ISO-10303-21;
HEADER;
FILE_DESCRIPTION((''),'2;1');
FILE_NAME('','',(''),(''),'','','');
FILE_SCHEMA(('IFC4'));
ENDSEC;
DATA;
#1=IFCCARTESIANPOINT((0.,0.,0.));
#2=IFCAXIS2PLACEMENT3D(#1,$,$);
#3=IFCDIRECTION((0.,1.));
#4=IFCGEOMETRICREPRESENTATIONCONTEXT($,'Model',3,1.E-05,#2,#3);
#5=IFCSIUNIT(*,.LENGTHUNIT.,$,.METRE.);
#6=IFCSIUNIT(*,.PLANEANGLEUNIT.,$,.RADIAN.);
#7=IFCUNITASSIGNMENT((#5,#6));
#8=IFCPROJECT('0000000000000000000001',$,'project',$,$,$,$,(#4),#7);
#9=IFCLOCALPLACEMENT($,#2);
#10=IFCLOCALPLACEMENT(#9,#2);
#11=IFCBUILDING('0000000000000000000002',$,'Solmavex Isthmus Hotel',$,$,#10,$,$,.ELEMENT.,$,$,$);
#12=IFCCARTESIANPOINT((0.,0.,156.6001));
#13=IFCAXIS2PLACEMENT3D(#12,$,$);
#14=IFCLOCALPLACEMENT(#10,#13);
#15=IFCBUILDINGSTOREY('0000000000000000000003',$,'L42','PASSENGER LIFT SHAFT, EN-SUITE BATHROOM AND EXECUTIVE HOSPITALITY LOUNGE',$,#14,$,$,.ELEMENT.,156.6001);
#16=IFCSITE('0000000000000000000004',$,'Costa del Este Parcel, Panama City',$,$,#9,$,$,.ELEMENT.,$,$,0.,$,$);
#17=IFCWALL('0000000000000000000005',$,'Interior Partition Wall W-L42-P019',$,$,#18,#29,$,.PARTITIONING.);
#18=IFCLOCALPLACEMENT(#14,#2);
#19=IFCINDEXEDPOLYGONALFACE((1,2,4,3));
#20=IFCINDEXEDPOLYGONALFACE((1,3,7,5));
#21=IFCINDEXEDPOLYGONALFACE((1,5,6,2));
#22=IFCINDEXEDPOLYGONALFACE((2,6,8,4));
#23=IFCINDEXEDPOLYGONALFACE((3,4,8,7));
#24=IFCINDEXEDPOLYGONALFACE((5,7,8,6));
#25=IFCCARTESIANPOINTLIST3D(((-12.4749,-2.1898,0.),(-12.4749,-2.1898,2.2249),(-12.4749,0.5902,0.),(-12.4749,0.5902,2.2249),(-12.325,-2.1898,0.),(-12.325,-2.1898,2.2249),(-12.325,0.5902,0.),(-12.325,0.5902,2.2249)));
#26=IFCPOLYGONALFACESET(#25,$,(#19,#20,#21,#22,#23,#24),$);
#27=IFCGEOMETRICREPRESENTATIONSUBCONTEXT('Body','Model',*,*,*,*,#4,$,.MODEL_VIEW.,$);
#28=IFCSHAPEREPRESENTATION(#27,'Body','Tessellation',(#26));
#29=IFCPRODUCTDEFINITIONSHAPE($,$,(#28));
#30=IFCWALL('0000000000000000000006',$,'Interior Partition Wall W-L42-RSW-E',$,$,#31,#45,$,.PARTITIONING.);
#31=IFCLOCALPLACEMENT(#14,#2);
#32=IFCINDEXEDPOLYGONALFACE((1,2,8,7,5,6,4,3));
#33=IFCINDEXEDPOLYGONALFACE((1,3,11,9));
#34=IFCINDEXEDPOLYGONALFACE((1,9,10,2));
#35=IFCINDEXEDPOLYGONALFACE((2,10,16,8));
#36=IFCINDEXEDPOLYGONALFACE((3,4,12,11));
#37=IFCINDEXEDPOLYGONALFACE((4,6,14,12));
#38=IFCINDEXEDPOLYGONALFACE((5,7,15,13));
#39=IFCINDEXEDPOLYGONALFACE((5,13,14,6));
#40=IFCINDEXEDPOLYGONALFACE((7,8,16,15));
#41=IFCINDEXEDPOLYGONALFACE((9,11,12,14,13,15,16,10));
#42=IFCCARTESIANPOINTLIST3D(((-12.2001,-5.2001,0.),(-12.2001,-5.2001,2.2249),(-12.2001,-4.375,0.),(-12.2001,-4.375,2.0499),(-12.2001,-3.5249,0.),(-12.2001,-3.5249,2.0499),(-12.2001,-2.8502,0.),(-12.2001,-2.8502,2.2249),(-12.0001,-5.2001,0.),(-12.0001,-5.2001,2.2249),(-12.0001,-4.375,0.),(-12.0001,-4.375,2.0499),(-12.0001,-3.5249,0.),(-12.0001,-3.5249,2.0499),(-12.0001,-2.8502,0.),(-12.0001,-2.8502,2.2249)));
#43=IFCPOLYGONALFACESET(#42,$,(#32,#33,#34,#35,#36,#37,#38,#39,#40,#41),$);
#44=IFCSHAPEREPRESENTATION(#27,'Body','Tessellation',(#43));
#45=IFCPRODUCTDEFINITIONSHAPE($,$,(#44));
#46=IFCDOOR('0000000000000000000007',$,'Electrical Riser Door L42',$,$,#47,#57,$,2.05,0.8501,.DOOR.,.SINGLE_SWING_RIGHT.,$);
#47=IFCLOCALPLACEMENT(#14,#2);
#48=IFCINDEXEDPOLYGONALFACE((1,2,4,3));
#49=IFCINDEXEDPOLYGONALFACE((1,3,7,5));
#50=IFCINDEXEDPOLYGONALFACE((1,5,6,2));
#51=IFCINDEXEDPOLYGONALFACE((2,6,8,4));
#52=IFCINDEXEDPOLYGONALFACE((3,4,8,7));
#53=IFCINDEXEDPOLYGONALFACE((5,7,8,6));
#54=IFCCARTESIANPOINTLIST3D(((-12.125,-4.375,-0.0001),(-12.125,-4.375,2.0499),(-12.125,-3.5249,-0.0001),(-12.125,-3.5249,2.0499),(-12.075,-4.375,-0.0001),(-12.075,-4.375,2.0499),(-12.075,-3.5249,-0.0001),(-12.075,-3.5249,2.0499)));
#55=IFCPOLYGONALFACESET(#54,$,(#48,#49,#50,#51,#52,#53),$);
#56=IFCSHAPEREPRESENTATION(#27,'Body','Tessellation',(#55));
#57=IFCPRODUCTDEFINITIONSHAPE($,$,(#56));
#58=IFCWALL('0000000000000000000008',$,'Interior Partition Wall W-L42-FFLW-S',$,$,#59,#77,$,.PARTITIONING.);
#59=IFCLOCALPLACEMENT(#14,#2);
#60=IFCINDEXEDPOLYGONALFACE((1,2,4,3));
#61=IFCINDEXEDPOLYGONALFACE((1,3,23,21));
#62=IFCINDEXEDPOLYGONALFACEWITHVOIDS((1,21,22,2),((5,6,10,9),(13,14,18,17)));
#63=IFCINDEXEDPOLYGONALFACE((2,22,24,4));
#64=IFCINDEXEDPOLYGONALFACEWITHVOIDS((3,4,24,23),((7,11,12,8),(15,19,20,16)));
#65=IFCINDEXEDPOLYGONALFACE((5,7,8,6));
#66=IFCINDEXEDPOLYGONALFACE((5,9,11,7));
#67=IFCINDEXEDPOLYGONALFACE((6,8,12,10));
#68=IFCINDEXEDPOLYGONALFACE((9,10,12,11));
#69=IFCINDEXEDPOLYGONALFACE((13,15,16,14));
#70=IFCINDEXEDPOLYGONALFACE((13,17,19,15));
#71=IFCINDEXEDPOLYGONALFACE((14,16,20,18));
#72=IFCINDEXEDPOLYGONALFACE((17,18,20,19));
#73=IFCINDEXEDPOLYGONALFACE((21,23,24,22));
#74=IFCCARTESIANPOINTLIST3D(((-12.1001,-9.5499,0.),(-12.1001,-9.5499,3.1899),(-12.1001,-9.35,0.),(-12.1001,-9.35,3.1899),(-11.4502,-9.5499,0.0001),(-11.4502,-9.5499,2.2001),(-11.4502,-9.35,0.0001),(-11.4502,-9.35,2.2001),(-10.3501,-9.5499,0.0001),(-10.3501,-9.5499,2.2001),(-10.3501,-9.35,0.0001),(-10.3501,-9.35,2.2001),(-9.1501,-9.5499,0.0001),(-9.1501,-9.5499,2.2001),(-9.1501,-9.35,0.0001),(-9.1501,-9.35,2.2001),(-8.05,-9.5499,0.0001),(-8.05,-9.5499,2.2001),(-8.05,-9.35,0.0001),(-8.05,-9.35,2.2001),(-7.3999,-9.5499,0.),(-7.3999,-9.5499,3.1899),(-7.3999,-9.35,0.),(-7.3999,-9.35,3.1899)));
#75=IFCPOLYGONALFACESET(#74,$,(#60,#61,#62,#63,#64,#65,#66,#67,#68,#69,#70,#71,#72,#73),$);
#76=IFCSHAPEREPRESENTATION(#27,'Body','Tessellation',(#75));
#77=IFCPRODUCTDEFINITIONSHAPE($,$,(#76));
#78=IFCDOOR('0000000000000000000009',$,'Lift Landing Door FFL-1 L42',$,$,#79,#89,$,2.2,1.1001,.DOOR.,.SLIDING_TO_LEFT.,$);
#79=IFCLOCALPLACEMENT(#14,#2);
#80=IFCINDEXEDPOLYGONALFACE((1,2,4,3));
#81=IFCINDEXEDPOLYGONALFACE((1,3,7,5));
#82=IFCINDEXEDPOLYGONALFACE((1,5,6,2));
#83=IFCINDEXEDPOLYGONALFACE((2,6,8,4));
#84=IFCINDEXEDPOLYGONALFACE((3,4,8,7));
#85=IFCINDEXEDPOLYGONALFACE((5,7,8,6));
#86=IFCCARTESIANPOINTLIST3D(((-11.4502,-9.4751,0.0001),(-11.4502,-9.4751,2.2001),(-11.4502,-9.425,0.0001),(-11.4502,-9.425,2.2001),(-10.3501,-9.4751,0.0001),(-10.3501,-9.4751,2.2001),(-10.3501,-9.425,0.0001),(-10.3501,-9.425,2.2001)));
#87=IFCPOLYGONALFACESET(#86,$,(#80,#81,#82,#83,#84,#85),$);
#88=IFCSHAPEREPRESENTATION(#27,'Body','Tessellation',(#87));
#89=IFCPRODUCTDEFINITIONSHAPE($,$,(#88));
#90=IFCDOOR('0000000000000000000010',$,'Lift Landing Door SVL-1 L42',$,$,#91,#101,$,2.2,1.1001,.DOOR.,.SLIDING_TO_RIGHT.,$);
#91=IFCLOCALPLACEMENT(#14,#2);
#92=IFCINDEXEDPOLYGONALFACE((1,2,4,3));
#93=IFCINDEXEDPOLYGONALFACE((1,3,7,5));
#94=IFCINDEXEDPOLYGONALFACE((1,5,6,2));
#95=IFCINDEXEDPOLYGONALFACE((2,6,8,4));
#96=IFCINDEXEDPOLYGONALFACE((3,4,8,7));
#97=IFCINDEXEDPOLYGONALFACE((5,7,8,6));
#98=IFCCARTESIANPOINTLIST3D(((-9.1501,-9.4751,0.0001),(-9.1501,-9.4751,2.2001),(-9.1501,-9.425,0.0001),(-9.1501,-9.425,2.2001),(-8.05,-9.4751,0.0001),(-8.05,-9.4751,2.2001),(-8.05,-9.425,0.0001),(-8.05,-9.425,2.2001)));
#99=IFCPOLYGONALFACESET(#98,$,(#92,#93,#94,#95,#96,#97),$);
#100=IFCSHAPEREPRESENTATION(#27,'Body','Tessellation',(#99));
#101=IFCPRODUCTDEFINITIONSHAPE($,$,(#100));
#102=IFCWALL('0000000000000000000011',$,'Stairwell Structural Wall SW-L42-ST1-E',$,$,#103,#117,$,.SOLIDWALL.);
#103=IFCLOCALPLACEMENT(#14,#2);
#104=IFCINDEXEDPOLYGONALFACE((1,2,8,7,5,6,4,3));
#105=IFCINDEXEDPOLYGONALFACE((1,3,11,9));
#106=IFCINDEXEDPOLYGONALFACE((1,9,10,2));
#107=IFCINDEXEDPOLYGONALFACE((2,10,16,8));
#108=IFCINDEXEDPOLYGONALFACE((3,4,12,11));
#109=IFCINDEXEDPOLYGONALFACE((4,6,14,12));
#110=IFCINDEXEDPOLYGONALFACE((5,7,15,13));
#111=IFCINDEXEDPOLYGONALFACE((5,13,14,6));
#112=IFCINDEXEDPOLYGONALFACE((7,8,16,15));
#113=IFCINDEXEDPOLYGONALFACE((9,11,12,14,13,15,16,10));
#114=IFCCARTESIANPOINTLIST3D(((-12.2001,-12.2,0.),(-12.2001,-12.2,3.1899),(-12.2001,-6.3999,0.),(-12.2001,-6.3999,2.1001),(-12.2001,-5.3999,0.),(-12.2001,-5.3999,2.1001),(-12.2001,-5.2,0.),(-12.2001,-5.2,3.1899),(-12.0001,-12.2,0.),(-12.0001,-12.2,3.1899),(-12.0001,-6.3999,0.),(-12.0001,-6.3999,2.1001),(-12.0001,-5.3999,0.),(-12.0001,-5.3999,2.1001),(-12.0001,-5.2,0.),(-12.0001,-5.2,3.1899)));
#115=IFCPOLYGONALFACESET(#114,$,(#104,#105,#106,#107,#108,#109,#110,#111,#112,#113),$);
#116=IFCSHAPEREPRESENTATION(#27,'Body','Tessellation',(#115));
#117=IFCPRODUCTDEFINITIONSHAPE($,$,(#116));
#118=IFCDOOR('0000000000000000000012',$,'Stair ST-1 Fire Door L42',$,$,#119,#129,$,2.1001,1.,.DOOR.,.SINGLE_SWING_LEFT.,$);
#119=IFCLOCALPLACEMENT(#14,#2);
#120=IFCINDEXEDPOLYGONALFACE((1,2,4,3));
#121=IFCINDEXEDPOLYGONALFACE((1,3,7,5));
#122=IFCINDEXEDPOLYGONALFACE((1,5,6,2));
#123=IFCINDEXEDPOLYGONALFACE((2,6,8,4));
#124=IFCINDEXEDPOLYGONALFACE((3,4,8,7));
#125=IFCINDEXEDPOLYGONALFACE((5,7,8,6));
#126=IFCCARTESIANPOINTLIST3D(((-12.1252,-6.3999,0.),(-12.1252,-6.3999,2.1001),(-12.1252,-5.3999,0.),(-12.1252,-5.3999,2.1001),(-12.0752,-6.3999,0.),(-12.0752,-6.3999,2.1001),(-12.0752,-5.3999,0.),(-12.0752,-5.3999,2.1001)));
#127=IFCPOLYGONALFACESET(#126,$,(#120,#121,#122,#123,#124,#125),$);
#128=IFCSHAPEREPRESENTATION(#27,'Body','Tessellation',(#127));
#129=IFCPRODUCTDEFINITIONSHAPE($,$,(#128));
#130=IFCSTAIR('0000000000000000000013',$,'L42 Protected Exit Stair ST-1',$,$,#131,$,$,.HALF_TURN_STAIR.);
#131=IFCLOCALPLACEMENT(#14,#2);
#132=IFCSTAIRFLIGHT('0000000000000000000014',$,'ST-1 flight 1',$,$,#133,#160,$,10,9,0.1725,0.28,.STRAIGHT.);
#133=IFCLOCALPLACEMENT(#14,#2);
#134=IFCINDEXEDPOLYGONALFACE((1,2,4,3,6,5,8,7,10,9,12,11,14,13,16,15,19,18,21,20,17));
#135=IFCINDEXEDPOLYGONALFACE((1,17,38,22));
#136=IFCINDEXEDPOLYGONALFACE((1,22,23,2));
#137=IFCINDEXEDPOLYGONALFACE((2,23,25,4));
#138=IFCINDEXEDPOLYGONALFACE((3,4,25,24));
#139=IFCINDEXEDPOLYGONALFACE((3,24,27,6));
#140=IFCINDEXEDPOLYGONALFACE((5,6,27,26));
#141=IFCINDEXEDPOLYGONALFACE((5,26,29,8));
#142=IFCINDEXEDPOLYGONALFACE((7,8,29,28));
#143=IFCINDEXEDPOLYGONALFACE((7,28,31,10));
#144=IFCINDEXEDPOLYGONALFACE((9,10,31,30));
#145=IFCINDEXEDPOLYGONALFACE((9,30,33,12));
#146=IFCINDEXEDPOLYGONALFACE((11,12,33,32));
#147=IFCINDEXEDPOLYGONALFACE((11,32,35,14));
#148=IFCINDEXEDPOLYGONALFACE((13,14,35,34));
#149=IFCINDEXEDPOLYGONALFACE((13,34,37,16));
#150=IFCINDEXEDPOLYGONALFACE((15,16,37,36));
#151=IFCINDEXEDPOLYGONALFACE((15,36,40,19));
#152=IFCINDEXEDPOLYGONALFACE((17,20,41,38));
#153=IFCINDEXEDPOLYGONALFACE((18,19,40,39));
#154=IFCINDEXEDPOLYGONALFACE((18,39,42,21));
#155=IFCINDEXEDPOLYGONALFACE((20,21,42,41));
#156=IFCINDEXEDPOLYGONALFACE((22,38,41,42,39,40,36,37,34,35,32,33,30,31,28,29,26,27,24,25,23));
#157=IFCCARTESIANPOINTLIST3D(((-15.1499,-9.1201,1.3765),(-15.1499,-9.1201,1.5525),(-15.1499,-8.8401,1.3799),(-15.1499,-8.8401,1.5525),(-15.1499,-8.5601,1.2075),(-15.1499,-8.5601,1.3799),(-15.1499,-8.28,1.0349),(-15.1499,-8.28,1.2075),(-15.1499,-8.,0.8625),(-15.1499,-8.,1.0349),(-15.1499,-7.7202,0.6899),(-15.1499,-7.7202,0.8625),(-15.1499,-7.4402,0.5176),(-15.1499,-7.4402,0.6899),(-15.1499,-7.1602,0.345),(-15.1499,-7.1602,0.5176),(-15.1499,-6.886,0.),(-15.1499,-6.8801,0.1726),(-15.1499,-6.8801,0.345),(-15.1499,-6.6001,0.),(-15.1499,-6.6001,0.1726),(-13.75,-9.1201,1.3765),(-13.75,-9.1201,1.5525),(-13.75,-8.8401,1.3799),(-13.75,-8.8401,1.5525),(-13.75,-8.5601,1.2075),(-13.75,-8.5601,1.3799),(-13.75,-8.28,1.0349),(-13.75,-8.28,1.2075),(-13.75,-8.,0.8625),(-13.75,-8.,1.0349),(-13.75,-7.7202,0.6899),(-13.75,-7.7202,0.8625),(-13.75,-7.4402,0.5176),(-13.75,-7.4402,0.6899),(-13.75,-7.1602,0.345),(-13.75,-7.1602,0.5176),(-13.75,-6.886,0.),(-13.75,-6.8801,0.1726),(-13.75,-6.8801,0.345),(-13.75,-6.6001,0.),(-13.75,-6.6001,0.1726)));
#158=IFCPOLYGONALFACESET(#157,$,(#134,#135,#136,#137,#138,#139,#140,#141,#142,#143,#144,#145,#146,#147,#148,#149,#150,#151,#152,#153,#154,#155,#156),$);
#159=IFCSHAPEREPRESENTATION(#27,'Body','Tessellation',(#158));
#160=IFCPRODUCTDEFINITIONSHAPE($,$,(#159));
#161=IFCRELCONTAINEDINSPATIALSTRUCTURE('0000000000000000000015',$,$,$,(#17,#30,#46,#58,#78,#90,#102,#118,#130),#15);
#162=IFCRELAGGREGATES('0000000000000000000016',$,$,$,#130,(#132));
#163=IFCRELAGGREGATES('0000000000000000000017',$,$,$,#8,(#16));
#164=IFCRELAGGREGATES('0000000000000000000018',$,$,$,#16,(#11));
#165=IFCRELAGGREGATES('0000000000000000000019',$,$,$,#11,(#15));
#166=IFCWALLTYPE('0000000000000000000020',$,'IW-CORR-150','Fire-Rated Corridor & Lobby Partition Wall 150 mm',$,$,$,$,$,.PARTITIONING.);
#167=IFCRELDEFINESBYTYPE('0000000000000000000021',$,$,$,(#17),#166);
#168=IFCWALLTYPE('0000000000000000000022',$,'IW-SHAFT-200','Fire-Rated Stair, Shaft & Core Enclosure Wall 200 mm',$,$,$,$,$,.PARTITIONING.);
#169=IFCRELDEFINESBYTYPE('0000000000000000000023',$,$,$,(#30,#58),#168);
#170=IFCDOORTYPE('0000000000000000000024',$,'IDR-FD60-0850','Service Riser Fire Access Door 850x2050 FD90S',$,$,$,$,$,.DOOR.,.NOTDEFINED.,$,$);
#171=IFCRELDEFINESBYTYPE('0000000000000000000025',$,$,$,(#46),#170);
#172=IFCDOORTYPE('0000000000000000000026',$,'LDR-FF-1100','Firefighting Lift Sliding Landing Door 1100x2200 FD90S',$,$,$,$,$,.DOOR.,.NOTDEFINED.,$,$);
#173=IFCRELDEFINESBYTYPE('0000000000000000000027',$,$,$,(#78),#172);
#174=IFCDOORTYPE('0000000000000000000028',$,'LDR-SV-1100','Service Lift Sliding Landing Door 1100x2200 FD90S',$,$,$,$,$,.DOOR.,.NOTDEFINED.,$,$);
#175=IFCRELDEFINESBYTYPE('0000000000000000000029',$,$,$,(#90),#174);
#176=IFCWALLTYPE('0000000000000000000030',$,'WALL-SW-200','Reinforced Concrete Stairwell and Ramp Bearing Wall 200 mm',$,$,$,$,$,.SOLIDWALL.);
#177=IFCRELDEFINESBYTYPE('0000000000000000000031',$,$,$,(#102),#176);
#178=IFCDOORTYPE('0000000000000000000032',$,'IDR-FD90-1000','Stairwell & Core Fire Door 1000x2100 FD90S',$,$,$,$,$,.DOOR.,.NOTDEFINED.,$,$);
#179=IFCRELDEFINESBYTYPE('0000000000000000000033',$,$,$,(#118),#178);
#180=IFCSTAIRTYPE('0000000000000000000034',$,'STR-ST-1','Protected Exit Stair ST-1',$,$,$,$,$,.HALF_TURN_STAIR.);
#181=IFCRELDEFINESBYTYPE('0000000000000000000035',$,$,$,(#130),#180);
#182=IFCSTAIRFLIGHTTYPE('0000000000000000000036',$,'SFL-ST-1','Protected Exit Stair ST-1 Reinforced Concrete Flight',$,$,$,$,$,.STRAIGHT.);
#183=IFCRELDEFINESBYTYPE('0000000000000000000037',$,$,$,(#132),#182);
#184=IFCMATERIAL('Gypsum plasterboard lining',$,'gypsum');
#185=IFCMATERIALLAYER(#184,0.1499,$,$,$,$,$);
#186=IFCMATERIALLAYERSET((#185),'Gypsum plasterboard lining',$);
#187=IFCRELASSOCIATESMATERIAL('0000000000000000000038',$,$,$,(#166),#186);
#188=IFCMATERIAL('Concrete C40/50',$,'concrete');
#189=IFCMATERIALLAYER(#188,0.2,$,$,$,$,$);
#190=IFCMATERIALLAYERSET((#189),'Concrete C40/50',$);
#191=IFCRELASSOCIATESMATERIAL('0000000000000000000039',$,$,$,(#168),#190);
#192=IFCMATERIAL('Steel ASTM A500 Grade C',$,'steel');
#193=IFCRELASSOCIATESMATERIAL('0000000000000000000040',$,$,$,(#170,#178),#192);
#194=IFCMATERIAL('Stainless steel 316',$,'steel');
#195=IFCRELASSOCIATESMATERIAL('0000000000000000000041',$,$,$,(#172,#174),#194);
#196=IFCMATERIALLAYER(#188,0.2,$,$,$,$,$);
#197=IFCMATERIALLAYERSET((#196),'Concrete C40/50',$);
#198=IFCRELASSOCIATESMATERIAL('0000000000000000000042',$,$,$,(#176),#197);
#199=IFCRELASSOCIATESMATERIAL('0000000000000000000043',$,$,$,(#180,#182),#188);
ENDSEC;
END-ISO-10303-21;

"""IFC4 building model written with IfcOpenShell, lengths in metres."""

from ifc_helpers import new_model, si_unit, direction, frame, frame_2d, origin, place, context, subcontext, project, spatial, polyline, rectangle, outline, extrude, material, layer, layer_set, type_object, element, fill, aggregate, save


model = new_model("IFC4")

# Units and contexts
model_context = context("Model", 3, precision=1e-05, world=origin(), true_north=direction((0.0, 1.0)))
body_context = subcontext(model_context, "Body", "Model", "MODEL_VIEW")
ifc_project = project(units=[si_unit("LENGTHUNIT", "METRE"), si_unit("PLANEANGLEUNIT", "RADIAN")], contexts=[model_context])

# Site, building, storey
site_placement = place(None, origin())
site = spatial("IfcSite", under=ifc_project, at=site_placement, Name="Costa del Este Parcel, Panama City", CompositionType="ELEMENT", RefElevation=0.0)
building_placement = place(site_placement, origin())
building = spatial("IfcBuilding", under=site, at=building_placement, Name="Solmavex Isthmus Hotel", CompositionType="ELEMENT")
storey_placement = place(building_placement, frame((0.0, 0.0, 156.6001)))
storey = spatial("IfcBuildingStorey", under=building, at=storey_placement, Name="L42", Description="PASSENGER LIFT SHAFT, EN-SUITE BATHROOM AND EXECUTIVE HOSPITALITY LOUNGE", CompositionType="ELEMENT", Elevation=156.6001)

# Wall
ifc_material_1 = material(Name="Gypsum plasterboard lining", Category="gypsum")
ifc_layer_1 = layer(ifc_material_1, 0.1499)
ifc_layer_set_1 = layer_set([ifc_layer_1], Name="Gypsum plasterboard lining")
wall_type_1 = type_object("IfcWallType", Name="IW-CORR-150", Description="Fire-Rated Corridor & Lobby Partition Wall 150 mm", PredefinedType="PARTITIONING", material=ifc_layer_set_1)
wall_1_placement = place(storey_placement, frame((-12.3999, -2.1899, 0.0), z_axis=(0.0, 0.0, 1.0), x_axis=(0.0, 1.0, 0.0)))
element("IfcWall", 1, at=wall_1_placement, inside=storey, type_object=wall_type_1, Name="Interior Partition Wall W-L42-P019", PredefinedType="PARTITIONING", context=body_context, shape_type="SweptSolid", body=[
    extrude(rectangle(XDim=2.78, YDim=0.1499, at=frame_2d((1.3901, 0.0))), origin(), (0.0, 0.0, 1.0), 2.2249),
])

# Wall, opening, door
ifc_material_2 = material(Name="Concrete C40/50", Category="concrete")
ifc_layer_2 = layer(ifc_material_2, 0.2)
ifc_layer_set_2 = layer_set([ifc_layer_2], Name="Concrete C40/50")
wall_type_2 = type_object("IfcWallType", Name="IW-SHAFT-200", Description="Fire-Rated Stair, Shaft & Core Enclosure Wall 200 mm", PredefinedType="PARTITIONING", material=ifc_layer_set_2)
wall_2_placement = place(storey_placement, frame((-12.1001, -5.2, 0.0), z_axis=(0.0, 0.0, 1.0), x_axis=(0.0, 1.0, 0.0)))
wall_2 = element("IfcWall", 2, at=wall_2_placement, inside=storey, type_object=wall_type_2, Name="Interior Partition Wall W-L42-RSW-E", PredefinedType="PARTITIONING", context=body_context, shape_type="SweptSolid", body=[
    extrude(rectangle(XDim=2.3499, YDim=0.2, at=frame_2d((1.1748, 0.0))), origin(), (0.0, 0.0, 1.0), 2.2249),
])
opening_1_placement = place(wall_2_placement, frame((0.825, 0.0, 0.0)))
opening_1 = element("IfcOpeningElement", 3, at=opening_1_placement, cuts=wall_2, PredefinedType="OPENING", context=body_context, shape_type="SweptSolid", body=[
    extrude(rectangle(XDim=0.8501, YDim=2.05, at=frame_2d((0.425, 1.0249))), frame((0.0, 0.1099, 0.0), z_axis=(0.0, -1.0, 0.0), x_axis=(1.0, 0.0, 0.0)), (0.0, 0.0, 1.0), 0.22),
])
ifc_material_3 = material(Name="Steel ASTM A500 Grade C", Category="steel")
door_type_1 = type_object("IfcDoorType", Name="IDR-FD60-0850", Description="Service Riser Fire Access Door 850x2050 FD90S", OperationType="NOTDEFINED", PredefinedType="DOOR", material=ifc_material_3)
door_1_placement = place(opening_1_placement, origin())
door_1 = element("IfcDoor", 4, at=door_1_placement, inside=storey, type_object=door_type_1, Name="Electrical Riser Door L42", OperationType="SINGLE_SWING_RIGHT", OverallHeight=2.05, OverallWidth=0.8501, PredefinedType="DOOR", context=body_context, shape_type="SweptSolid", body=[
    extrude(rectangle(XDim=0.8501, YDim=2.05, at=frame_2d((0.425, 1.0249))), frame((0.0, 0.0249, 0.0), z_axis=(0.0, -1.0, 0.0), x_axis=(1.0, 0.0, 0.0)), (0.0, 0.0, 1.0), 0.05),
])
fill(opening_1, door_1)

# Wall, openings, doors
wall_3_placement = place(storey_placement, frame((-12.1001, -9.45, 0.0), z_axis=(0.0, 0.0, 1.0), x_axis=(1.0, 0.0, 0.0)))
wall_3 = element("IfcWall", 5, at=wall_3_placement, inside=storey, type_object=wall_type_2, Name="Interior Partition Wall W-L42-FFLW-S", PredefinedType="PARTITIONING", context=body_context, shape_type="SweptSolid", body=[
    extrude(rectangle(XDim=4.7002, YDim=0.2, at=frame_2d((2.3501, 0.0))), origin(), (0.0, 0.0, 1.0), 3.1899),
])
opening_2_placement = place(wall_3_placement, frame((0.6499, 0.0, 0.0)))
opening_2 = element("IfcOpeningElement", 6, at=opening_2_placement, cuts=wall_3, PredefinedType="OPENING", context=body_context, shape_type="SweptSolid", body=[
    extrude(rectangle(XDim=1.1001, YDim=2.2, at=frame_2d((0.55, 1.1001))), frame((0.0, 0.1099, 0.0), z_axis=(0.0, -1.0, 0.0), x_axis=(1.0, 0.0, 0.0)), (0.0, 0.0, 1.0), 0.22),
])
opening_3_placement = place(wall_3_placement, frame((2.95, 0.0, 0.0)))
opening_3 = element("IfcOpeningElement", 7, at=opening_3_placement, cuts=wall_3, PredefinedType="OPENING", context=body_context, shape_type="SweptSolid", body=[
    extrude(rectangle(XDim=1.1001, YDim=2.2, at=frame_2d((0.55, 1.1001))), frame((0.0, 0.1099, 0.0), z_axis=(0.0, -1.0, 0.0), x_axis=(1.0, 0.0, 0.0)), (0.0, 0.0, 1.0), 0.22),
])
ifc_material_4 = material(Name="Stainless steel 316", Category="steel")
door_type_2 = type_object("IfcDoorType", Name="LDR-FF-1100", Description="Firefighting Lift Sliding Landing Door 1100x2200 FD90S", OperationType="NOTDEFINED", PredefinedType="DOOR", material=ifc_material_4)
door_2_placement = place(opening_2_placement, origin())
door_2 = element("IfcDoor", 8, at=door_2_placement, inside=storey, type_object=door_type_2, Name="Lift Landing Door FFL-1 L42", OperationType="SLIDING_TO_LEFT", OverallHeight=2.2, OverallWidth=1.1001, PredefinedType="DOOR", context=body_context, shape_type="SweptSolid", body=[
    extrude(rectangle(XDim=1.1001, YDim=2.2, at=frame_2d((0.55, 1.1001))), frame((0.0, 0.0249, 0.0), z_axis=(0.0, -1.0, 0.0), x_axis=(1.0, 0.0, 0.0)), (0.0, 0.0, 1.0), 0.05),
])
fill(opening_2, door_2)
door_type_3 = type_object("IfcDoorType", Name="LDR-SV-1100", Description="Service Lift Sliding Landing Door 1100x2200 FD90S", OperationType="NOTDEFINED", PredefinedType="DOOR", material=ifc_material_4)
door_3_placement = place(opening_3_placement, origin())
door_3 = element("IfcDoor", 9, at=door_3_placement, inside=storey, type_object=door_type_3, Name="Lift Landing Door SVL-1 L42", OperationType="SLIDING_TO_RIGHT", OverallHeight=2.2, OverallWidth=1.1001, PredefinedType="DOOR", context=body_context, shape_type="SweptSolid", body=[
    extrude(rectangle(XDim=1.1001, YDim=2.2, at=frame_2d((0.55, 1.1001))), frame((0.0, 0.0249, 0.0), z_axis=(0.0, -1.0, 0.0), x_axis=(1.0, 0.0, 0.0)), (0.0, 0.0, 1.0), 0.05),
])
fill(opening_3, door_3)

# Wall, opening, door
ifc_layer_3 = layer(ifc_material_2, 0.2)
ifc_layer_set_3 = layer_set([ifc_layer_3], Name="Concrete C40/50")
wall_type_3 = type_object("IfcWallType", Name="WALL-SW-200", Description="Reinforced Concrete Stairwell and Ramp Bearing Wall 200 mm", PredefinedType="SOLIDWALL", material=ifc_layer_set_3)
wall_4_placement = place(storey_placement, frame((-12.1001, -12.2, 0.0), z_axis=(0.0, 0.0, 1.0), x_axis=(0.0, 1.0, 0.0)))
wall_4 = element("IfcWall", 10, at=wall_4_placement, inside=storey, type_object=wall_type_3, Name="Stairwell Structural Wall SW-L42-ST1-E", PredefinedType="SOLIDWALL", context=body_context, shape_type="SweptSolid", body=[
    extrude(rectangle(XDim=7.0, YDim=0.2, at=frame_2d((3.5, 0.0))), origin(), (0.0, 0.0, 1.0), 3.1899),
])
opening_4_placement = place(wall_4_placement, frame((5.8, 0.0, 0.0)))
opening_4 = element("IfcOpeningElement", 11, at=opening_4_placement, cuts=wall_4, PredefinedType="OPENING", context=body_context, shape_type="SweptSolid", body=[
    extrude(rectangle(XDim=1.0, YDim=2.1001, at=frame_2d((0.5, 1.05))), frame((0.0, 0.1099, 0.0), z_axis=(0.0, -1.0, 0.0), x_axis=(1.0, 0.0, 0.0)), (0.0, 0.0, 1.0), 0.22),
])
door_type_4 = type_object("IfcDoorType", Name="IDR-FD90-1000", Description="Stairwell & Core Fire Door 1000x2100 FD90S", OperationType="NOTDEFINED", PredefinedType="DOOR", material=ifc_material_3)
door_4_placement = place(opening_4_placement, frame((1.0, 0.0, 0.0), z_axis=(0.0, 0.0, 1.0), x_axis=(-1.0, 0.0, 0.0)))
door_4 = element("IfcDoor", 12, at=door_4_placement, inside=storey, type_object=door_type_4, Name="Stair ST-1 Fire Door L42", OperationType="SINGLE_SWING_LEFT", OverallHeight=2.1001, OverallWidth=1.0, PredefinedType="DOOR", context=body_context, shape_type="SweptSolid", body=[
    extrude(rectangle(XDim=1.0, YDim=2.1001, at=frame_2d((0.5, 1.05))), frame((0.0, 0.0249, 0.0), z_axis=(0.0, -1.0, 0.0), x_axis=(1.0, 0.0, 0.0)), (0.0, 0.0, 1.0), 0.05),
])
fill(opening_4, door_4)

# Stair, stair flight
stair_type = type_object("IfcStairType", Name="STR-ST-1", Description="Protected Exit Stair ST-1", PredefinedType="HALF_TURN_STAIR", material=ifc_material_2)
stair_placement = place(storey_placement, origin())
stair = element("IfcStair", 13, at=stair_placement, inside=storey, type_object=stair_type, Name="L42 Protected Exit Stair ST-1", PredefinedType="HALF_TURN_STAIR")
stair_flight_type = type_object("IfcStairFlightType", Name="SFL-ST-1", Description="Protected Exit Stair ST-1 Reinforced Concrete Flight", PredefinedType="STRAIGHT", material=ifc_material_2)
stair_flight_1_placement = place(storey_placement, frame((-14.45, -6.6001, 0.0), z_axis=(0.0, 0.0, 1.0), x_axis=(0.0, -1.0, 0.0)))
stair_flight_1 = element("IfcStairFlight", 14, at=stair_flight_1_placement, type_object=stair_flight_type, Name="ST-1 flight 1", NumberOfRisers=10, NumberOfTreads=9, PredefinedType="STRAIGHT", RiserHeight=0.1725, TreadLength=0.28, context=body_context, shape_type="SweptSolid", body=[
    extrude(outline(polyline([(0.0, 0.0), (0.0, 0.1726), (0.28, 0.1726), (0.28, 0.345), (0.5601, 0.345), (0.5601, 0.5176), (0.8401, 0.5176), (0.8401, 0.6899), (1.1201, 0.6899), (1.1201, 0.8625), (1.3999, 0.8625), (1.3999, 1.0349), (1.6799, 1.0349), (1.6799, 1.2075), (1.96, 1.2075), (1.96, 1.3799), (2.24, 1.3799), (2.24, 1.5525), (2.52, 1.5525), (2.52, 1.7251), (2.52, 1.3765), (0.2859, 0.0), (0.0, 0.0)])), frame((0.0, 0.7, 0.0), z_axis=(0.0, -1.0, 0.0), x_axis=(1.0, 0.0, 0.0)), (0.0, 0.0, 1.0), 1.3999),
])
aggregate(stair, [stair_flight_1])

save(model, "model.ifc")
